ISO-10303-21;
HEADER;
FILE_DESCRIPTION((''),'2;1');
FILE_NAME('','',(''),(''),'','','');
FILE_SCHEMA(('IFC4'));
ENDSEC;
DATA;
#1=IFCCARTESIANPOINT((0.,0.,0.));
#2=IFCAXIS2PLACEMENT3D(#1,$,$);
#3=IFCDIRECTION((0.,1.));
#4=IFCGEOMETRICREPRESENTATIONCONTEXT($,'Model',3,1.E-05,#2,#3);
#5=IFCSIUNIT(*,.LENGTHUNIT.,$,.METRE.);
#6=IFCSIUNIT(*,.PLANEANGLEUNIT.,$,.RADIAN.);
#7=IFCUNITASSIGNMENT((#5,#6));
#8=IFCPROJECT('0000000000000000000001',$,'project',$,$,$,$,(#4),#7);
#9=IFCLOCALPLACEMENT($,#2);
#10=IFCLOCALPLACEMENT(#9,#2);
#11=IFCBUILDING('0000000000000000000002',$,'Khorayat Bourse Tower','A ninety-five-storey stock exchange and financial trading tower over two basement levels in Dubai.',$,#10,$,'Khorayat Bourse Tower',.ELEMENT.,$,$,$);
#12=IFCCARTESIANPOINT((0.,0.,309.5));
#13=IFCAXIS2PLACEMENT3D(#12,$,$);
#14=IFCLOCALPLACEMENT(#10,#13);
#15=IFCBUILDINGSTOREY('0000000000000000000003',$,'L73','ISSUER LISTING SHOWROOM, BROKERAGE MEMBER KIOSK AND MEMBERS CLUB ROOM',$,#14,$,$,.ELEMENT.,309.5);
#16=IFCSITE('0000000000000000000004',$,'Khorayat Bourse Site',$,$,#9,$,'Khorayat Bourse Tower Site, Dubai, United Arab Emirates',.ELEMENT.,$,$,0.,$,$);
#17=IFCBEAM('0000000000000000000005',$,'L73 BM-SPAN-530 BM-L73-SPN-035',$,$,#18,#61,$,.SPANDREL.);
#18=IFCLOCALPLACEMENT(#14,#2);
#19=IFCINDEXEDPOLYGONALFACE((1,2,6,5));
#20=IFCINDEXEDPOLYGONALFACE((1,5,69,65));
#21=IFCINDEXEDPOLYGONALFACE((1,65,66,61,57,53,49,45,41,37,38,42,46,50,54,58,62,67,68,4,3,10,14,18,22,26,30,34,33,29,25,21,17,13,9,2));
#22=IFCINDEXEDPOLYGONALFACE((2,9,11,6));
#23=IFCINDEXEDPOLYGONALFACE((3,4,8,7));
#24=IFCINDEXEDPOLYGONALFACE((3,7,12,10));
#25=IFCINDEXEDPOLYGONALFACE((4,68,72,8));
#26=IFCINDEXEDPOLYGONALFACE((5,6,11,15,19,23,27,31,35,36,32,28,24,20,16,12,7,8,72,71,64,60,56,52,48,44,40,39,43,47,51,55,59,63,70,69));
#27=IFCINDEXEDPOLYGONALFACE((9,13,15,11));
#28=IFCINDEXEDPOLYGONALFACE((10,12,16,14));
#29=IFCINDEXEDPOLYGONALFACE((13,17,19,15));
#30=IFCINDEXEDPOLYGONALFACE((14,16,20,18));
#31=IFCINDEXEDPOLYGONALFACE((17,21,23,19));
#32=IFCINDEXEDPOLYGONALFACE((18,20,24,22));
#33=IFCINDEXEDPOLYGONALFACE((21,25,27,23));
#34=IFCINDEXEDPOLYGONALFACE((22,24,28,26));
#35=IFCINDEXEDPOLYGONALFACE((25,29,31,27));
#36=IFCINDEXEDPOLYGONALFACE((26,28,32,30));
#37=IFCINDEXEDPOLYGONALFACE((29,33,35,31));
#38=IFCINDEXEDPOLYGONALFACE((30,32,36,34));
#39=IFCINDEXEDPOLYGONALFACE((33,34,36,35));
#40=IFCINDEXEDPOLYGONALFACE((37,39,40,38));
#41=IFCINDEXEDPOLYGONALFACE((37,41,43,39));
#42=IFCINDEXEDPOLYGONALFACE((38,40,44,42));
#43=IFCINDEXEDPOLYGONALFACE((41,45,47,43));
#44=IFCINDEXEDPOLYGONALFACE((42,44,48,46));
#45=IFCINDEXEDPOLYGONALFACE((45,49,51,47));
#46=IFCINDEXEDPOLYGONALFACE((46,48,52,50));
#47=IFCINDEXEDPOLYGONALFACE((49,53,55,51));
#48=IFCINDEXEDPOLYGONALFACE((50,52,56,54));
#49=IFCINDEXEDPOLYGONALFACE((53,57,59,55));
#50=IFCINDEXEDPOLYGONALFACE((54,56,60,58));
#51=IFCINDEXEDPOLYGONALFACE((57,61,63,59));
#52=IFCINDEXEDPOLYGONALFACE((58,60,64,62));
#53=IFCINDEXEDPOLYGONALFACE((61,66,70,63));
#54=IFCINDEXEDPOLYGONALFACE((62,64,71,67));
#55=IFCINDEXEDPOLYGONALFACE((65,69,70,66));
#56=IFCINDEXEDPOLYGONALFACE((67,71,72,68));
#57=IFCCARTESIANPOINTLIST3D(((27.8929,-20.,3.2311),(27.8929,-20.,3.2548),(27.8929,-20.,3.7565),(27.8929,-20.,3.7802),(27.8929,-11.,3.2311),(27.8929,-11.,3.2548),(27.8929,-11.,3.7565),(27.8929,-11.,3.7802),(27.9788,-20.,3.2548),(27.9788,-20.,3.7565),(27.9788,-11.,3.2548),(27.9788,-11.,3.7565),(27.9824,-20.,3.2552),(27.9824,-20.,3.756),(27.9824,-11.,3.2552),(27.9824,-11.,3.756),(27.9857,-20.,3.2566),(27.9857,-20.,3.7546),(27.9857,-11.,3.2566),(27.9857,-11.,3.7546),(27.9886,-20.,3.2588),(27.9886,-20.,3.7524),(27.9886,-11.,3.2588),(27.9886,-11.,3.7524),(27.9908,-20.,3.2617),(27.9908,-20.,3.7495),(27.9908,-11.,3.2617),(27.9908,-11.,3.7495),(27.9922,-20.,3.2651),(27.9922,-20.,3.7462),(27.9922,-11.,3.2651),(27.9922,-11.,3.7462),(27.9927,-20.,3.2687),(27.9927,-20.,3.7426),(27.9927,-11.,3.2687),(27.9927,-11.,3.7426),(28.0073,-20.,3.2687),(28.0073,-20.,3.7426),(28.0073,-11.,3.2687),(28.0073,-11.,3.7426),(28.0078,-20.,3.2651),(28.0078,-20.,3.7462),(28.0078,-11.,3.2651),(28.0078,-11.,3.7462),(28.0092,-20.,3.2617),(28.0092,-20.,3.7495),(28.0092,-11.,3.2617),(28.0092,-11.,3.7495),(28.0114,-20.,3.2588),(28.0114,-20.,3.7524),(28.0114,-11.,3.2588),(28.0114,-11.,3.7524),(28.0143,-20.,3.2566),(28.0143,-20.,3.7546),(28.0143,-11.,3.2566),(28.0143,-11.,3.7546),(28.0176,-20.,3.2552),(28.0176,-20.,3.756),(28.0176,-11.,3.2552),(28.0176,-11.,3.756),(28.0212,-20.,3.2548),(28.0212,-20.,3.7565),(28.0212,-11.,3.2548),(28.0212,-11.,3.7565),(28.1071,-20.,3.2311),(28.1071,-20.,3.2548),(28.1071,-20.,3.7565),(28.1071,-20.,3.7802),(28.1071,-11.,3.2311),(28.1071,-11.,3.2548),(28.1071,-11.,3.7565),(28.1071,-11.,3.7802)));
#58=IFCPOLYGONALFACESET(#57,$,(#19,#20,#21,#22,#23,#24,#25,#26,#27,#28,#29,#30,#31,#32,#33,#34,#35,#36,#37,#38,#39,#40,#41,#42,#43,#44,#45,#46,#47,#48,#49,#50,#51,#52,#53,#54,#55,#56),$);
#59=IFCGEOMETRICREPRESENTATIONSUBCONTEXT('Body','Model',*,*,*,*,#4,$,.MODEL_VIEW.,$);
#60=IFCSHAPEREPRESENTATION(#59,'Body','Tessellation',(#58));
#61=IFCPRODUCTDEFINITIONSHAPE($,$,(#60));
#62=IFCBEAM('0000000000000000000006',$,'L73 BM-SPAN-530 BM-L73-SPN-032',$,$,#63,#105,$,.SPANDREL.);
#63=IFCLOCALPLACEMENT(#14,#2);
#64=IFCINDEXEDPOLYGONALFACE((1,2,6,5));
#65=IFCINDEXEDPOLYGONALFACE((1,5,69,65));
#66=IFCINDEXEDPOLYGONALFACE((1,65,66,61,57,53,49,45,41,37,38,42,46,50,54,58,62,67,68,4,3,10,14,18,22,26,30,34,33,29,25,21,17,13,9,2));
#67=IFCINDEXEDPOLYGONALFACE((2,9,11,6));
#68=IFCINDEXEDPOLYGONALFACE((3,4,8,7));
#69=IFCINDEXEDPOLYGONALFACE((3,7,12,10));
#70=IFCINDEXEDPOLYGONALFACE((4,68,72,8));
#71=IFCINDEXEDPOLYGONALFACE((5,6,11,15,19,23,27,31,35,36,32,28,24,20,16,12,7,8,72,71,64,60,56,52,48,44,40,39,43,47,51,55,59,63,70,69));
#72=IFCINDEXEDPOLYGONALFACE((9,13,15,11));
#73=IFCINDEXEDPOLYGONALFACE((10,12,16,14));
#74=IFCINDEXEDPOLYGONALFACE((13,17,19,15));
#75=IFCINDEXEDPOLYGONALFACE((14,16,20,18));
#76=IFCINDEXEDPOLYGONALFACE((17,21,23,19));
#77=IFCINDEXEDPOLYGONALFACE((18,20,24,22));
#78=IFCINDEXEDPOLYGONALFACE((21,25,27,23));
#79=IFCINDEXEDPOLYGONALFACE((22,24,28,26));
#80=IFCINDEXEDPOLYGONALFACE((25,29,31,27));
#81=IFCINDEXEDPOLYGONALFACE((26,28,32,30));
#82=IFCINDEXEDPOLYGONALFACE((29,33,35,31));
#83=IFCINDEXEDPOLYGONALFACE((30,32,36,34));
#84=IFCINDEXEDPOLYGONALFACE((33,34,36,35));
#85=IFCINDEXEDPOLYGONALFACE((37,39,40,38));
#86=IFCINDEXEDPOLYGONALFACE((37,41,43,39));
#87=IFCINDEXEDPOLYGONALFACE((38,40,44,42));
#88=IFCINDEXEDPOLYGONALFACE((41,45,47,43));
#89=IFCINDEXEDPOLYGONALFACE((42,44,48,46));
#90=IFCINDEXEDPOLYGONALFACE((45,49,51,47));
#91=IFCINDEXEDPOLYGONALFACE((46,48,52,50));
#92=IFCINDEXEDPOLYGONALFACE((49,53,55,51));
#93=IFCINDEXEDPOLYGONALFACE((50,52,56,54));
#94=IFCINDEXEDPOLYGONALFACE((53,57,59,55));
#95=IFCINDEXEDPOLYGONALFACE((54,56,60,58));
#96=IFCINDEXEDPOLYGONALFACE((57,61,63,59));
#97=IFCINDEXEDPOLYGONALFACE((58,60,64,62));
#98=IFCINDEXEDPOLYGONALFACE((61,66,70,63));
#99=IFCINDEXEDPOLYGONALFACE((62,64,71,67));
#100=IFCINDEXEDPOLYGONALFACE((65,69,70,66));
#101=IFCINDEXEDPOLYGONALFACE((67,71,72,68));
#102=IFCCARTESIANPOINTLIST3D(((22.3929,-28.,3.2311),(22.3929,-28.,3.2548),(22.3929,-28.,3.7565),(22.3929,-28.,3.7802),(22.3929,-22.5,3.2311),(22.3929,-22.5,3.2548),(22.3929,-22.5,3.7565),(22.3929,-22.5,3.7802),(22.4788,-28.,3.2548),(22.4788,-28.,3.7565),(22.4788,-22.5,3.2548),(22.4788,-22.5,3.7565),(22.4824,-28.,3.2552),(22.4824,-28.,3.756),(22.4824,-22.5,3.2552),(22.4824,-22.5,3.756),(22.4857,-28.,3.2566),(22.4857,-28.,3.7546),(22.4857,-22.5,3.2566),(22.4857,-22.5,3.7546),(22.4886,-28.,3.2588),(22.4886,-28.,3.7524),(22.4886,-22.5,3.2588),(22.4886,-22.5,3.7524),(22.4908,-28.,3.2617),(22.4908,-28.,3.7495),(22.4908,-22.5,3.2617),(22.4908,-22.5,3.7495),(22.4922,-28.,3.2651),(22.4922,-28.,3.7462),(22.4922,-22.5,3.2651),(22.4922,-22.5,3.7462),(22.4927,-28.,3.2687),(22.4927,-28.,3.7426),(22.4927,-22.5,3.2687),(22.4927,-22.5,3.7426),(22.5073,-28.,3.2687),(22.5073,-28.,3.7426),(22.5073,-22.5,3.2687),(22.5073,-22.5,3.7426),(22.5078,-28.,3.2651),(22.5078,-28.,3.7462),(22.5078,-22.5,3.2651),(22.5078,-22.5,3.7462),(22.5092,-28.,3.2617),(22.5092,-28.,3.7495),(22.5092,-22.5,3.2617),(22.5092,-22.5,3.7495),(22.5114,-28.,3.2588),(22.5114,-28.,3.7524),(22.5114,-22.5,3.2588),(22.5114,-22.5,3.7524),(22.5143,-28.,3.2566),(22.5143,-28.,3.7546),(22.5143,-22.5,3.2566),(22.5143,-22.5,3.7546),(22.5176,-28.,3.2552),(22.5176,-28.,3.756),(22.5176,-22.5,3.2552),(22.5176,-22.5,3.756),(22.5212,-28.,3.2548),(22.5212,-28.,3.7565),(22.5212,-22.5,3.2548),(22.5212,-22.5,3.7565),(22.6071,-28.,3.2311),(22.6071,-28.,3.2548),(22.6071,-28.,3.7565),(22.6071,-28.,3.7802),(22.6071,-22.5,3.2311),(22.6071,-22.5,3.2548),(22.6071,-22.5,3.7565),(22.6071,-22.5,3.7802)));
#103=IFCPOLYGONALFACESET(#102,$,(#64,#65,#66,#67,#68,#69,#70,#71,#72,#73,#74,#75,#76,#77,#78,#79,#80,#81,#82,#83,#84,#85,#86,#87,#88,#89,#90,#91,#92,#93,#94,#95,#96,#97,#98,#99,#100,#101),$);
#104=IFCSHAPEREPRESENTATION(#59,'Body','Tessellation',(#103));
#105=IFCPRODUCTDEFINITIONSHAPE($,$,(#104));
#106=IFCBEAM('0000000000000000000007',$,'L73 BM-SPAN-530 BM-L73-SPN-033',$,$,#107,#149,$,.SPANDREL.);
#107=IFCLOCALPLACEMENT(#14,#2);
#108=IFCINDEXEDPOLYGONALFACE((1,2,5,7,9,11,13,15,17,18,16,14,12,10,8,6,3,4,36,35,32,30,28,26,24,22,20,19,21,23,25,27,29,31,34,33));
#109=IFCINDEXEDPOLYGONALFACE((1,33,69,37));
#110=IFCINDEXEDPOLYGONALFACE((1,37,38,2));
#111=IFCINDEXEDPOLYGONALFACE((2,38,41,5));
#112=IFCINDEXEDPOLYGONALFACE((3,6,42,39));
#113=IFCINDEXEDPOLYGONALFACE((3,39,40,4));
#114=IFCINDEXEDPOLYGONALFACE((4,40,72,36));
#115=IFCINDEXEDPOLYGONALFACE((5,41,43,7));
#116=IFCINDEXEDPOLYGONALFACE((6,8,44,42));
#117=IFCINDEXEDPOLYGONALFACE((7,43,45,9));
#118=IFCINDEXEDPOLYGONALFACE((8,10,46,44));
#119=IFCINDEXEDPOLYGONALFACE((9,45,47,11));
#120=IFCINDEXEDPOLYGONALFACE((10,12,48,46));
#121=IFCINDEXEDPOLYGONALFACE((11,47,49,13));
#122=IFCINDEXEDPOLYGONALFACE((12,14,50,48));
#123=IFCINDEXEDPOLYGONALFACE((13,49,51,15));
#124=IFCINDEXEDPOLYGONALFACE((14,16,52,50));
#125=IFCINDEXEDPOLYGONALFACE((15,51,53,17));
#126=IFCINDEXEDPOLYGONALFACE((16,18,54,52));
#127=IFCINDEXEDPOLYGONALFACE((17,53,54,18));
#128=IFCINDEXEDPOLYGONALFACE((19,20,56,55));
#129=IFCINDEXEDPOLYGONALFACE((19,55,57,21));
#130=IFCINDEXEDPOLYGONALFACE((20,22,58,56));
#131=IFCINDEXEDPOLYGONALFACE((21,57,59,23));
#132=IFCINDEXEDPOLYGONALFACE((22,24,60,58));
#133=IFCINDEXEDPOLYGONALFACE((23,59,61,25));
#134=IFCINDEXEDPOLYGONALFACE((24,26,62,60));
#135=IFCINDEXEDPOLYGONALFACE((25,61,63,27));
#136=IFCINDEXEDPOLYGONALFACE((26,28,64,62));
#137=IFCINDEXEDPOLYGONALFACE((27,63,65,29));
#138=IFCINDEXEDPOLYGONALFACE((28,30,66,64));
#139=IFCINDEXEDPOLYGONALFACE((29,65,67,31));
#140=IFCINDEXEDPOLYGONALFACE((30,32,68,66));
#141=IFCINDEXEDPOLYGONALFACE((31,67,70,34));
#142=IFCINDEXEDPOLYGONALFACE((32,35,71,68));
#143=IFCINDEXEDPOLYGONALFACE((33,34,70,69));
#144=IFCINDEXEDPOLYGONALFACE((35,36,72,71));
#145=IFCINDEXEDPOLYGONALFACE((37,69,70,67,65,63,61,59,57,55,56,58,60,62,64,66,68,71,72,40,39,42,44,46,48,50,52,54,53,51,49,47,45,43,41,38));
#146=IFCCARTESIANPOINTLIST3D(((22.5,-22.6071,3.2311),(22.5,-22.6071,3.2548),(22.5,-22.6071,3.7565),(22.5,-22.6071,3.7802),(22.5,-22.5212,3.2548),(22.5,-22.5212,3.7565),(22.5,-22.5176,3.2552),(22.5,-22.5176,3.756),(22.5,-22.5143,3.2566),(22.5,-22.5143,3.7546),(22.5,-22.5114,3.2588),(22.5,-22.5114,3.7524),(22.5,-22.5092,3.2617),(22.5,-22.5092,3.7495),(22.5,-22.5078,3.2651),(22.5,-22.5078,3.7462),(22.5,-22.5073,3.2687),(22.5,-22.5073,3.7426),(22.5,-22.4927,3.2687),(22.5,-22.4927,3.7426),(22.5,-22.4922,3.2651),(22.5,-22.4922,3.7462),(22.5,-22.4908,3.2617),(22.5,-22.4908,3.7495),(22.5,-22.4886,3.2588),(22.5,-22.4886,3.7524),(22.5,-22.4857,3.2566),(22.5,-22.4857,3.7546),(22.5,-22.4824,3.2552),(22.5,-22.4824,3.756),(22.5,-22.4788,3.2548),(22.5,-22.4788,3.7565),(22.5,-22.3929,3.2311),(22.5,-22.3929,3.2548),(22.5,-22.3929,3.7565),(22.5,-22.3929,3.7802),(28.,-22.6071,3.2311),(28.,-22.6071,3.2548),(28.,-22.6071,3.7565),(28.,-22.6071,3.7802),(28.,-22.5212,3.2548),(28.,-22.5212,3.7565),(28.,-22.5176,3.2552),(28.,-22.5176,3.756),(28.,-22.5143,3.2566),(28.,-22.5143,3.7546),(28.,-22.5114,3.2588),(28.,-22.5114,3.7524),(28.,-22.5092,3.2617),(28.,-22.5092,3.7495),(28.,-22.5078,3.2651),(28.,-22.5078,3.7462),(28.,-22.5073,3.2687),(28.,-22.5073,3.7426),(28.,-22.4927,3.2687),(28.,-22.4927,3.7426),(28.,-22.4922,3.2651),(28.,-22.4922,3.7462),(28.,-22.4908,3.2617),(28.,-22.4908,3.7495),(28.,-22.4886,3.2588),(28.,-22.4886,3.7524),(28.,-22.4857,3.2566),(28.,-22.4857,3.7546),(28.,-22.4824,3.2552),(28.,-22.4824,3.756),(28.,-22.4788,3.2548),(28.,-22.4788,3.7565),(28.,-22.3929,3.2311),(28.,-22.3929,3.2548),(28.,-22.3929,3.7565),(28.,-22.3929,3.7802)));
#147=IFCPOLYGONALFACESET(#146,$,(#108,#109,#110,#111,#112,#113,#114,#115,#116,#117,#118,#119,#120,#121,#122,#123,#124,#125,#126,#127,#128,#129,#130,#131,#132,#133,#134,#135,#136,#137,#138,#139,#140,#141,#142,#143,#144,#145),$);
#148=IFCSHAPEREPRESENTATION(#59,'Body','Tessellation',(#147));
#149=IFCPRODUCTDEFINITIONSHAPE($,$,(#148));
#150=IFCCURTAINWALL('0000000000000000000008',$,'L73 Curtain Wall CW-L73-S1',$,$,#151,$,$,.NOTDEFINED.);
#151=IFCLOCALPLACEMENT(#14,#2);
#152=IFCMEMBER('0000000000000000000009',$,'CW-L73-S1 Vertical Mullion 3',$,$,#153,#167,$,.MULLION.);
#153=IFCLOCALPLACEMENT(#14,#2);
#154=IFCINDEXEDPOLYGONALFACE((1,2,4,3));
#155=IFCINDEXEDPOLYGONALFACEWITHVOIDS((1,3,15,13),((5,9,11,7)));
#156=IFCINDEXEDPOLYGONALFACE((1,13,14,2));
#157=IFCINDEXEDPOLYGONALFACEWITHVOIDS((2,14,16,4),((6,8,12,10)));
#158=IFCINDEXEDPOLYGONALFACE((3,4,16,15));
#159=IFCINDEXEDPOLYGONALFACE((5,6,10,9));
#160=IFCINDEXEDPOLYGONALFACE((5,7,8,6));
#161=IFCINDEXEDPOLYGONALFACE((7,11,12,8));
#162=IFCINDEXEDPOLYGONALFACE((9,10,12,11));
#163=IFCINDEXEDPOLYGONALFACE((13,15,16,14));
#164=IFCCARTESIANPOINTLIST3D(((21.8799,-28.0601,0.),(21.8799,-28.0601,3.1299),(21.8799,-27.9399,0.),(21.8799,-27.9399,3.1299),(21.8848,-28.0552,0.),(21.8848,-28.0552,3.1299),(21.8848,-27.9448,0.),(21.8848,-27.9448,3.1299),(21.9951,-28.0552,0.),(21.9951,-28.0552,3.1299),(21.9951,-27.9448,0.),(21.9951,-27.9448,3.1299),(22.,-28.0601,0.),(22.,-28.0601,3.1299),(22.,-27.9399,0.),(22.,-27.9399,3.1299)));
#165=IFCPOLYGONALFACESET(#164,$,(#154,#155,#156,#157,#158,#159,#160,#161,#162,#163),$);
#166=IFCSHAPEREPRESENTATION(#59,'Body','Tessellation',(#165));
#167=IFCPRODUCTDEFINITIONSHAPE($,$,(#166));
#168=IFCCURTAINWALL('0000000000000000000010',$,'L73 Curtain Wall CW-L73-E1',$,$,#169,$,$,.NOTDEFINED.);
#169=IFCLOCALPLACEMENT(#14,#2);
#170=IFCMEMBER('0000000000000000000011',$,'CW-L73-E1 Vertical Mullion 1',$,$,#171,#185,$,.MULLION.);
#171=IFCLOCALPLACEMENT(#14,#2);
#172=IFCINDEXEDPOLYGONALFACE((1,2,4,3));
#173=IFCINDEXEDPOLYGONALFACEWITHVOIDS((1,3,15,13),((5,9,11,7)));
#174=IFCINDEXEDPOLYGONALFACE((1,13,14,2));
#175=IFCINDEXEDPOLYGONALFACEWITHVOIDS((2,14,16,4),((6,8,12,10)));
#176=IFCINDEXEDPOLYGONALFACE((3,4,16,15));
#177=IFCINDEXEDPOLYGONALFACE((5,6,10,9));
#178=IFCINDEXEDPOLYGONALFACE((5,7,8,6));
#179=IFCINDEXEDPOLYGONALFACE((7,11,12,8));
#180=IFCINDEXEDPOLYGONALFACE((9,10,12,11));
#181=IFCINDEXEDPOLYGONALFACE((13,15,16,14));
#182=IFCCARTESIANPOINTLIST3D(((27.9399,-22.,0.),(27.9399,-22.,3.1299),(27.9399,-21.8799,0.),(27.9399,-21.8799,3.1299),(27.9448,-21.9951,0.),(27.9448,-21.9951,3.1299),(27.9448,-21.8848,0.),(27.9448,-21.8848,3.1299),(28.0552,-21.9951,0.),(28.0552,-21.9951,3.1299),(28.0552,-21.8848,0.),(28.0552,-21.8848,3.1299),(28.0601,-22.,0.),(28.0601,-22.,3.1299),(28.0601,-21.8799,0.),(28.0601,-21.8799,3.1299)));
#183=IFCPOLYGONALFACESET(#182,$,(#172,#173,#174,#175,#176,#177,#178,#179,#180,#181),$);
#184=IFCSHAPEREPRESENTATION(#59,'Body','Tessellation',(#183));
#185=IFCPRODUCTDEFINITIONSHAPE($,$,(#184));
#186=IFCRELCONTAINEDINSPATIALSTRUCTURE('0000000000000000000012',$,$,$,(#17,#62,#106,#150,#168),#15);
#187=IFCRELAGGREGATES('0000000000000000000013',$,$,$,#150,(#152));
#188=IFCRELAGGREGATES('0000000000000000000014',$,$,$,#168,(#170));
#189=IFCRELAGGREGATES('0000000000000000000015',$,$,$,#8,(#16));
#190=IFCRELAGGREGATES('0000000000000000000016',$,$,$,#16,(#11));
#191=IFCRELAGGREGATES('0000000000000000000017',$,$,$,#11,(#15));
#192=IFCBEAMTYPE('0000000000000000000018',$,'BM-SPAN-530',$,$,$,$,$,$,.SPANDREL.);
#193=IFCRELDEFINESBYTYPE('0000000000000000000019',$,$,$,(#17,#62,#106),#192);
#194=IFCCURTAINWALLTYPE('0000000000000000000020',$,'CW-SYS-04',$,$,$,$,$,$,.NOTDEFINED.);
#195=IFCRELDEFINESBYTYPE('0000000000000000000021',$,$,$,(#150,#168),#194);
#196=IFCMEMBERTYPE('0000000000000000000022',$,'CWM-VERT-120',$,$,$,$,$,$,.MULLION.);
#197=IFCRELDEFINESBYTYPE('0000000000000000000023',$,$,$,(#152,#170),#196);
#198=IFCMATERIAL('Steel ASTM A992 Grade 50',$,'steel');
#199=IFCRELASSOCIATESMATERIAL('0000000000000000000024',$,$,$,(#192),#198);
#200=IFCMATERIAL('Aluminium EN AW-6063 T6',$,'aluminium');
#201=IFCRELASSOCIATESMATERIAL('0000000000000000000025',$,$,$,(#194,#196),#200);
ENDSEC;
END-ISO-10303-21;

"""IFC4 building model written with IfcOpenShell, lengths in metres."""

from ifc_helpers import new_model, si_unit, direction, frame, origin, origin_2d, place, context, subcontext, project, spatial, hollow_rectangle, i_section, extrude, source, transform, mapped, material, material_profile, profile_set, type_object, element, aggregate, save


model = new_model("IFC4")

# Units and contexts
model_context = context("Model", 3, precision=1e-05, world=origin(), true_north=direction((0.0, 1.0)))
body_context = subcontext(model_context, "Body", "Model", "MODEL_VIEW")
ifc_project = project(units=[si_unit("LENGTHUNIT", "METRE"), si_unit("PLANEANGLEUNIT", "RADIAN")], contexts=[model_context])

# Site, building, storey
site_placement = place(None, origin())
site = spatial("IfcSite", under=ifc_project, at=site_placement, Name="Khorayat Bourse Site", LongName="Khorayat Bourse Tower Site, Dubai, United Arab Emirates", CompositionType="ELEMENT", RefElevation=0.0)
building_placement = place(site_placement, origin())
building = spatial("IfcBuilding", under=site, at=building_placement, Name="Khorayat Bourse Tower", Description="A ninety-five-storey stock exchange and financial trading tower over two basement levels in Dubai.", LongName="Khorayat Bourse Tower", CompositionType="ELEMENT")
storey_placement = place(building_placement, frame((0.0, 0.0, 309.5)))
storey = spatial("IfcBuildingStorey", under=building, at=storey_placement, Name="L73", Description="ISSUER LISTING SHOWROOM, BROKERAGE MEMBER KIOSK AND MEMBERS CLUB ROOM", CompositionType="ELEMENT", Elevation=309.5)

# Beams
ifc_material_1 = material(Name="Steel ASTM A992 Grade 50", Category="steel")
ifc_material_profile_1 = material_profile(ifc_material_1, i_section(OverallWidth=0.2141, OverallDepth=0.5491, WebThickness=0.0146, FlangeThickness=0.0237, FilletRadius=0.0139, at=origin_2d()), Name="W530X138")
ifc_profile_set_1 = profile_set([ifc_material_profile_1], Name="Steel ASTM A992 Grade 50")
beam_type_1 = type_object("IfcBeamType", Name="BM-SPAN-530", PredefinedType="SPANDREL", material=ifc_profile_set_1)
shared_shape_1 = source(origin(), body_context, "Body", "SweptSolid", [
    extrude(i_section(OverallWidth=0.2141, OverallDepth=0.5491, WebThickness=0.0146, FlangeThickness=0.0237, FilletRadius=0.0139, at=origin_2d()), origin(), (0.0, 0.0, 1.0), 9.0),
])
beam_1_placement = place(storey_placement, frame((28.0, -20.0, 3.5056), z_axis=(0.0, 1.0, 0.0), x_axis=(-1.0, 0.0, 0.0)))
element("IfcBeam", 1, at=beam_1_placement, inside=storey, type_object=beam_type_1, Name="L73 BM-SPAN-530 BM-L73-SPN-035", PredefinedType="SPANDREL", context=body_context, shape_type="MappedRepresentation", body=[
    mapped(shared_shape_1, transform((0.0, 0.0, 0.0), scale=1.0)),
])
shared_shape_2 = source(origin(), body_context, "Body", "SweptSolid", [
    extrude(i_section(OverallWidth=0.2141, OverallDepth=0.5491, WebThickness=0.0146, FlangeThickness=0.0237, FilletRadius=0.0139, at=origin_2d()), origin(), (0.0, 0.0, 1.0), 5.5),
])
for number, where, z_axis, x_axis, name in (
    (2, (22.5, -28.0, 3.5056), (0.0, 1.0, 0.0), (-1.0, 0.0, 0.0), "L73 BM-SPAN-530 BM-L73-SPN-032"),
    (3, (22.5, -22.5, 3.5056), (1.0, 0.0, 0.0), (0.0, 1.0, 0.0), "L73 BM-SPAN-530 BM-L73-SPN-033"),
):
    element("IfcBeam", number, at=place(storey_placement, frame(where, z_axis=z_axis, x_axis=x_axis)), inside=storey, type_object=beam_type_1, Name=name, PredefinedType="SPANDREL", context=body_context, shape_type="MappedRepresentation", body=[
        mapped(shared_shape_2, transform((0.0, 0.0, 0.0), scale=1.0)),
    ])

# Curtain walls, members
ifc_material_2 = material(Name="Aluminium EN AW-6063 T6", Category="aluminium")
curtain_wall_type = type_object("IfcCurtainWallType", Name="CW-SYS-04", PredefinedType="NOTDEFINED", material=ifc_material_2)
curtain_wall_1_placement = place(storey_placement, origin())
curtain_wall_1 = element("IfcCurtainWall", 4, at=curtain_wall_1_placement, inside=storey, type_object=curtain_wall_type, Name="L73 Curtain Wall CW-L73-S1", PredefinedType="NOTDEFINED")
ifc_material_profile_2 = material_profile(ifc_material_2, hollow_rectangle(XDim=0.1201, YDim=0.1201, WallThickness=0.0049, at=origin_2d()), Name="ALU 120x120x5")
ifc_profile_set_2 = profile_set([ifc_material_profile_2], Name="Aluminium EN AW-6063 T6")
member_type_1 = type_object("IfcMemberType", Name="CWM-VERT-120", PredefinedType="MULLION", material=ifc_profile_set_2)
shared_shape_3 = source(origin(), body_context, "Body", "SweptSolid", [
    extrude(hollow_rectangle(XDim=0.1201, YDim=0.1201, WallThickness=0.0049, at=origin_2d()), origin(), (0.0, 0.0, 1.0), 3.1299),
])
member_1_placement = place(storey_placement, frame((21.9399, -28.0, 0.0), z_axis=(0.0, 0.0, 1.0), x_axis=(0.0, 1.0, 0.0)))
member_1 = element("IfcMember", 5, at=member_1_placement, type_object=member_type_1, Name="CW-L73-S1 Vertical Mullion 3", PredefinedType="MULLION", context=body_context, shape_type="MappedRepresentation", body=[
    mapped(shared_shape_3, transform((0.0, 0.0, 0.0), scale=1.0)),
])
curtain_wall_2_placement = place(storey_placement, origin())
curtain_wall_2 = element("IfcCurtainWall", 6, at=curtain_wall_2_placement, inside=storey, type_object=curtain_wall_type, Name="L73 Curtain Wall CW-L73-E1", PredefinedType="NOTDEFINED")
member_2_placement = place(storey_placement, frame((28.0, -21.9399, 0.0), z_axis=(0.0, 0.0, 1.0), x_axis=(-1.0, 0.0, 0.0)))
member_2 = element("IfcMember", 7, at=member_2_placement, type_object=member_type_1, Name="CW-L73-E1 Vertical Mullion 1", PredefinedType="MULLION", context=body_context, shape_type="MappedRepresentation", body=[
    mapped(shared_shape_3, transform((0.0, 0.0, 0.0), scale=1.0)),
])

aggregate(curtain_wall_1, [member_1])
aggregate(curtain_wall_2, [member_2])

save(model, "model.ifc")
